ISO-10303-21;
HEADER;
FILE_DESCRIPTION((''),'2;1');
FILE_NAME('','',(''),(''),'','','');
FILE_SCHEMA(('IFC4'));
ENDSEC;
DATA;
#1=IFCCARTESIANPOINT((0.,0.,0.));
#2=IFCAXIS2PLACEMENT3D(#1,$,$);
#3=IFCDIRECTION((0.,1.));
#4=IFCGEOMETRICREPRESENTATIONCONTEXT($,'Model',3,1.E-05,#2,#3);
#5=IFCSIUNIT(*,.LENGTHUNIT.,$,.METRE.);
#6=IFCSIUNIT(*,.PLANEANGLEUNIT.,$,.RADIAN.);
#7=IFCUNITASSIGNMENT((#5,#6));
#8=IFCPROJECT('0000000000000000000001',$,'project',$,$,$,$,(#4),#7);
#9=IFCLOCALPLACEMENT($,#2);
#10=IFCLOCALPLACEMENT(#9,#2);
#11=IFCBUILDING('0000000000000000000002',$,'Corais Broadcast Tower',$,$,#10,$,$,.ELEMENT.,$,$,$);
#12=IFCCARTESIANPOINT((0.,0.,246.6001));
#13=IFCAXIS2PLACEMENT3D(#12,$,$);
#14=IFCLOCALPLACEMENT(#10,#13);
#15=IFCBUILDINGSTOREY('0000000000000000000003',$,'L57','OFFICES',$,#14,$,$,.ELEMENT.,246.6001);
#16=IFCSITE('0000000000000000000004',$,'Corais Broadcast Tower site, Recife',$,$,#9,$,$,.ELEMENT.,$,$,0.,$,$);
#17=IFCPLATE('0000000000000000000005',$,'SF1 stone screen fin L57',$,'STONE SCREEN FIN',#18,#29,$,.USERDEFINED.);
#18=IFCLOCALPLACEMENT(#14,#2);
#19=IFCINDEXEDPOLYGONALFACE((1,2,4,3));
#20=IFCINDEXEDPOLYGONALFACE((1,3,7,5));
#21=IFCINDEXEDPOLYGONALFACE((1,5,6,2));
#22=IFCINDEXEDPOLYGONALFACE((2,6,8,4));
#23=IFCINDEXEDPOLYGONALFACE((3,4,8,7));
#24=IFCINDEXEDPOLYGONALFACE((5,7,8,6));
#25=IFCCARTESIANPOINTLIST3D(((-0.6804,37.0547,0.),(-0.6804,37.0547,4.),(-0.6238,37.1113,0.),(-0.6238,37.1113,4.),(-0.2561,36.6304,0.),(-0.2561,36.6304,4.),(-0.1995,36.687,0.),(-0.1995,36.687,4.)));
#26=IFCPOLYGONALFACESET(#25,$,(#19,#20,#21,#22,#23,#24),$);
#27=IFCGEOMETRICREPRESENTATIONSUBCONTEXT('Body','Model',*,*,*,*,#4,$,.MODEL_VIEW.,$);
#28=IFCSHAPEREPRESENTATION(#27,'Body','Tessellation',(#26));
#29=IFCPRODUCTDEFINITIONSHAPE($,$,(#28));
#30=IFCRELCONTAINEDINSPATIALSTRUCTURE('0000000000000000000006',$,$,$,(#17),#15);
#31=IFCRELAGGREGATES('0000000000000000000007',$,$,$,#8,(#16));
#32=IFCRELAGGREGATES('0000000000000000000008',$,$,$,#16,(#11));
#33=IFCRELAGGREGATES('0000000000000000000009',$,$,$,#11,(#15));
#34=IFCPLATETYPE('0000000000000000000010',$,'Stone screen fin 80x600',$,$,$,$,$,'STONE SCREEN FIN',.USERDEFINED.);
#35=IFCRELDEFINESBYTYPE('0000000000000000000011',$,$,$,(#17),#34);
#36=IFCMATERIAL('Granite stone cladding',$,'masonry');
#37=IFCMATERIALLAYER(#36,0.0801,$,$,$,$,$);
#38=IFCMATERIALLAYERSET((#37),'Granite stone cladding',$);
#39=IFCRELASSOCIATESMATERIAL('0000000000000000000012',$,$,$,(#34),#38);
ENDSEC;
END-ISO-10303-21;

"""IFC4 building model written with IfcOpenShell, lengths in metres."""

from ifc_helpers import new_model, si_unit, direction, frame, origin, origin_2d, place, context, subcontext, project, spatial, rectangle, extrude, material, layer, layer_set, type_object, element, save


model = new_model("IFC4")

# Units and contexts
model_context = context("Model", 3, precision=1e-05, world=origin(), true_north=direction((0.0, 1.0)))
body_context = subcontext(model_context, "Body", "Model", "MODEL_VIEW")
ifc_project = project(units=[si_unit("LENGTHUNIT", "METRE"), si_unit("PLANEANGLEUNIT", "RADIAN")], contexts=[model_context])

# Site, building, storey
site_placement = place(None, origin())
site = spatial("IfcSite", under=ifc_project, at=site_placement, Name="Corais Broadcast Tower site, Recife", CompositionType="ELEMENT", RefElevation=0.0)
building_placement = place(site_placement, origin())
building = spatial("IfcBuilding", under=site, at=building_placement, Name="Corais Broadcast Tower", CompositionType="ELEMENT")
storey_placement = place(building_placement, frame((0.0, 0.0, 246.6001)))
storey = spatial("IfcBuildingStorey", under=building, at=storey_placement, Name="L57", Description="OFFICES", CompositionType="ELEMENT", Elevation=246.6001)

# Plate
ifc_material_1 = material(Name="Granite stone cladding", Category="masonry")
ifc_layer_1 = layer(ifc_material_1, 0.0801)
ifc_layer_set_1 = layer_set([ifc_layer_1], Name="Granite stone cladding")
plate_type_1 = type_object("IfcPlateType", Name="Stone screen fin 80x600", ElementType="STONE SCREEN FIN", PredefinedType="USERDEFINED", material=ifc_layer_set_1)
plate_1_placement = place(storey_placement, frame((-0.4399, 36.8708, 0.0), z_axis=(0.0, 0.0, 1.0), x_axis=(0.707107, 0.707107, 0.0)))
element("IfcPlate", 1, at=plate_1_placement, inside=storey, type_object=plate_type_1, Name="SF1 stone screen fin L57", ObjectType="STONE SCREEN FIN", PredefinedType="USERDEFINED", context=body_context, shape_type="SweptSolid", body=[
    extrude(rectangle(XDim=0.0801, YDim=0.6001, at=origin_2d()), origin(), (0.0, 0.0, 1.0), 4.0),
])

save(model, "model.ifc")
